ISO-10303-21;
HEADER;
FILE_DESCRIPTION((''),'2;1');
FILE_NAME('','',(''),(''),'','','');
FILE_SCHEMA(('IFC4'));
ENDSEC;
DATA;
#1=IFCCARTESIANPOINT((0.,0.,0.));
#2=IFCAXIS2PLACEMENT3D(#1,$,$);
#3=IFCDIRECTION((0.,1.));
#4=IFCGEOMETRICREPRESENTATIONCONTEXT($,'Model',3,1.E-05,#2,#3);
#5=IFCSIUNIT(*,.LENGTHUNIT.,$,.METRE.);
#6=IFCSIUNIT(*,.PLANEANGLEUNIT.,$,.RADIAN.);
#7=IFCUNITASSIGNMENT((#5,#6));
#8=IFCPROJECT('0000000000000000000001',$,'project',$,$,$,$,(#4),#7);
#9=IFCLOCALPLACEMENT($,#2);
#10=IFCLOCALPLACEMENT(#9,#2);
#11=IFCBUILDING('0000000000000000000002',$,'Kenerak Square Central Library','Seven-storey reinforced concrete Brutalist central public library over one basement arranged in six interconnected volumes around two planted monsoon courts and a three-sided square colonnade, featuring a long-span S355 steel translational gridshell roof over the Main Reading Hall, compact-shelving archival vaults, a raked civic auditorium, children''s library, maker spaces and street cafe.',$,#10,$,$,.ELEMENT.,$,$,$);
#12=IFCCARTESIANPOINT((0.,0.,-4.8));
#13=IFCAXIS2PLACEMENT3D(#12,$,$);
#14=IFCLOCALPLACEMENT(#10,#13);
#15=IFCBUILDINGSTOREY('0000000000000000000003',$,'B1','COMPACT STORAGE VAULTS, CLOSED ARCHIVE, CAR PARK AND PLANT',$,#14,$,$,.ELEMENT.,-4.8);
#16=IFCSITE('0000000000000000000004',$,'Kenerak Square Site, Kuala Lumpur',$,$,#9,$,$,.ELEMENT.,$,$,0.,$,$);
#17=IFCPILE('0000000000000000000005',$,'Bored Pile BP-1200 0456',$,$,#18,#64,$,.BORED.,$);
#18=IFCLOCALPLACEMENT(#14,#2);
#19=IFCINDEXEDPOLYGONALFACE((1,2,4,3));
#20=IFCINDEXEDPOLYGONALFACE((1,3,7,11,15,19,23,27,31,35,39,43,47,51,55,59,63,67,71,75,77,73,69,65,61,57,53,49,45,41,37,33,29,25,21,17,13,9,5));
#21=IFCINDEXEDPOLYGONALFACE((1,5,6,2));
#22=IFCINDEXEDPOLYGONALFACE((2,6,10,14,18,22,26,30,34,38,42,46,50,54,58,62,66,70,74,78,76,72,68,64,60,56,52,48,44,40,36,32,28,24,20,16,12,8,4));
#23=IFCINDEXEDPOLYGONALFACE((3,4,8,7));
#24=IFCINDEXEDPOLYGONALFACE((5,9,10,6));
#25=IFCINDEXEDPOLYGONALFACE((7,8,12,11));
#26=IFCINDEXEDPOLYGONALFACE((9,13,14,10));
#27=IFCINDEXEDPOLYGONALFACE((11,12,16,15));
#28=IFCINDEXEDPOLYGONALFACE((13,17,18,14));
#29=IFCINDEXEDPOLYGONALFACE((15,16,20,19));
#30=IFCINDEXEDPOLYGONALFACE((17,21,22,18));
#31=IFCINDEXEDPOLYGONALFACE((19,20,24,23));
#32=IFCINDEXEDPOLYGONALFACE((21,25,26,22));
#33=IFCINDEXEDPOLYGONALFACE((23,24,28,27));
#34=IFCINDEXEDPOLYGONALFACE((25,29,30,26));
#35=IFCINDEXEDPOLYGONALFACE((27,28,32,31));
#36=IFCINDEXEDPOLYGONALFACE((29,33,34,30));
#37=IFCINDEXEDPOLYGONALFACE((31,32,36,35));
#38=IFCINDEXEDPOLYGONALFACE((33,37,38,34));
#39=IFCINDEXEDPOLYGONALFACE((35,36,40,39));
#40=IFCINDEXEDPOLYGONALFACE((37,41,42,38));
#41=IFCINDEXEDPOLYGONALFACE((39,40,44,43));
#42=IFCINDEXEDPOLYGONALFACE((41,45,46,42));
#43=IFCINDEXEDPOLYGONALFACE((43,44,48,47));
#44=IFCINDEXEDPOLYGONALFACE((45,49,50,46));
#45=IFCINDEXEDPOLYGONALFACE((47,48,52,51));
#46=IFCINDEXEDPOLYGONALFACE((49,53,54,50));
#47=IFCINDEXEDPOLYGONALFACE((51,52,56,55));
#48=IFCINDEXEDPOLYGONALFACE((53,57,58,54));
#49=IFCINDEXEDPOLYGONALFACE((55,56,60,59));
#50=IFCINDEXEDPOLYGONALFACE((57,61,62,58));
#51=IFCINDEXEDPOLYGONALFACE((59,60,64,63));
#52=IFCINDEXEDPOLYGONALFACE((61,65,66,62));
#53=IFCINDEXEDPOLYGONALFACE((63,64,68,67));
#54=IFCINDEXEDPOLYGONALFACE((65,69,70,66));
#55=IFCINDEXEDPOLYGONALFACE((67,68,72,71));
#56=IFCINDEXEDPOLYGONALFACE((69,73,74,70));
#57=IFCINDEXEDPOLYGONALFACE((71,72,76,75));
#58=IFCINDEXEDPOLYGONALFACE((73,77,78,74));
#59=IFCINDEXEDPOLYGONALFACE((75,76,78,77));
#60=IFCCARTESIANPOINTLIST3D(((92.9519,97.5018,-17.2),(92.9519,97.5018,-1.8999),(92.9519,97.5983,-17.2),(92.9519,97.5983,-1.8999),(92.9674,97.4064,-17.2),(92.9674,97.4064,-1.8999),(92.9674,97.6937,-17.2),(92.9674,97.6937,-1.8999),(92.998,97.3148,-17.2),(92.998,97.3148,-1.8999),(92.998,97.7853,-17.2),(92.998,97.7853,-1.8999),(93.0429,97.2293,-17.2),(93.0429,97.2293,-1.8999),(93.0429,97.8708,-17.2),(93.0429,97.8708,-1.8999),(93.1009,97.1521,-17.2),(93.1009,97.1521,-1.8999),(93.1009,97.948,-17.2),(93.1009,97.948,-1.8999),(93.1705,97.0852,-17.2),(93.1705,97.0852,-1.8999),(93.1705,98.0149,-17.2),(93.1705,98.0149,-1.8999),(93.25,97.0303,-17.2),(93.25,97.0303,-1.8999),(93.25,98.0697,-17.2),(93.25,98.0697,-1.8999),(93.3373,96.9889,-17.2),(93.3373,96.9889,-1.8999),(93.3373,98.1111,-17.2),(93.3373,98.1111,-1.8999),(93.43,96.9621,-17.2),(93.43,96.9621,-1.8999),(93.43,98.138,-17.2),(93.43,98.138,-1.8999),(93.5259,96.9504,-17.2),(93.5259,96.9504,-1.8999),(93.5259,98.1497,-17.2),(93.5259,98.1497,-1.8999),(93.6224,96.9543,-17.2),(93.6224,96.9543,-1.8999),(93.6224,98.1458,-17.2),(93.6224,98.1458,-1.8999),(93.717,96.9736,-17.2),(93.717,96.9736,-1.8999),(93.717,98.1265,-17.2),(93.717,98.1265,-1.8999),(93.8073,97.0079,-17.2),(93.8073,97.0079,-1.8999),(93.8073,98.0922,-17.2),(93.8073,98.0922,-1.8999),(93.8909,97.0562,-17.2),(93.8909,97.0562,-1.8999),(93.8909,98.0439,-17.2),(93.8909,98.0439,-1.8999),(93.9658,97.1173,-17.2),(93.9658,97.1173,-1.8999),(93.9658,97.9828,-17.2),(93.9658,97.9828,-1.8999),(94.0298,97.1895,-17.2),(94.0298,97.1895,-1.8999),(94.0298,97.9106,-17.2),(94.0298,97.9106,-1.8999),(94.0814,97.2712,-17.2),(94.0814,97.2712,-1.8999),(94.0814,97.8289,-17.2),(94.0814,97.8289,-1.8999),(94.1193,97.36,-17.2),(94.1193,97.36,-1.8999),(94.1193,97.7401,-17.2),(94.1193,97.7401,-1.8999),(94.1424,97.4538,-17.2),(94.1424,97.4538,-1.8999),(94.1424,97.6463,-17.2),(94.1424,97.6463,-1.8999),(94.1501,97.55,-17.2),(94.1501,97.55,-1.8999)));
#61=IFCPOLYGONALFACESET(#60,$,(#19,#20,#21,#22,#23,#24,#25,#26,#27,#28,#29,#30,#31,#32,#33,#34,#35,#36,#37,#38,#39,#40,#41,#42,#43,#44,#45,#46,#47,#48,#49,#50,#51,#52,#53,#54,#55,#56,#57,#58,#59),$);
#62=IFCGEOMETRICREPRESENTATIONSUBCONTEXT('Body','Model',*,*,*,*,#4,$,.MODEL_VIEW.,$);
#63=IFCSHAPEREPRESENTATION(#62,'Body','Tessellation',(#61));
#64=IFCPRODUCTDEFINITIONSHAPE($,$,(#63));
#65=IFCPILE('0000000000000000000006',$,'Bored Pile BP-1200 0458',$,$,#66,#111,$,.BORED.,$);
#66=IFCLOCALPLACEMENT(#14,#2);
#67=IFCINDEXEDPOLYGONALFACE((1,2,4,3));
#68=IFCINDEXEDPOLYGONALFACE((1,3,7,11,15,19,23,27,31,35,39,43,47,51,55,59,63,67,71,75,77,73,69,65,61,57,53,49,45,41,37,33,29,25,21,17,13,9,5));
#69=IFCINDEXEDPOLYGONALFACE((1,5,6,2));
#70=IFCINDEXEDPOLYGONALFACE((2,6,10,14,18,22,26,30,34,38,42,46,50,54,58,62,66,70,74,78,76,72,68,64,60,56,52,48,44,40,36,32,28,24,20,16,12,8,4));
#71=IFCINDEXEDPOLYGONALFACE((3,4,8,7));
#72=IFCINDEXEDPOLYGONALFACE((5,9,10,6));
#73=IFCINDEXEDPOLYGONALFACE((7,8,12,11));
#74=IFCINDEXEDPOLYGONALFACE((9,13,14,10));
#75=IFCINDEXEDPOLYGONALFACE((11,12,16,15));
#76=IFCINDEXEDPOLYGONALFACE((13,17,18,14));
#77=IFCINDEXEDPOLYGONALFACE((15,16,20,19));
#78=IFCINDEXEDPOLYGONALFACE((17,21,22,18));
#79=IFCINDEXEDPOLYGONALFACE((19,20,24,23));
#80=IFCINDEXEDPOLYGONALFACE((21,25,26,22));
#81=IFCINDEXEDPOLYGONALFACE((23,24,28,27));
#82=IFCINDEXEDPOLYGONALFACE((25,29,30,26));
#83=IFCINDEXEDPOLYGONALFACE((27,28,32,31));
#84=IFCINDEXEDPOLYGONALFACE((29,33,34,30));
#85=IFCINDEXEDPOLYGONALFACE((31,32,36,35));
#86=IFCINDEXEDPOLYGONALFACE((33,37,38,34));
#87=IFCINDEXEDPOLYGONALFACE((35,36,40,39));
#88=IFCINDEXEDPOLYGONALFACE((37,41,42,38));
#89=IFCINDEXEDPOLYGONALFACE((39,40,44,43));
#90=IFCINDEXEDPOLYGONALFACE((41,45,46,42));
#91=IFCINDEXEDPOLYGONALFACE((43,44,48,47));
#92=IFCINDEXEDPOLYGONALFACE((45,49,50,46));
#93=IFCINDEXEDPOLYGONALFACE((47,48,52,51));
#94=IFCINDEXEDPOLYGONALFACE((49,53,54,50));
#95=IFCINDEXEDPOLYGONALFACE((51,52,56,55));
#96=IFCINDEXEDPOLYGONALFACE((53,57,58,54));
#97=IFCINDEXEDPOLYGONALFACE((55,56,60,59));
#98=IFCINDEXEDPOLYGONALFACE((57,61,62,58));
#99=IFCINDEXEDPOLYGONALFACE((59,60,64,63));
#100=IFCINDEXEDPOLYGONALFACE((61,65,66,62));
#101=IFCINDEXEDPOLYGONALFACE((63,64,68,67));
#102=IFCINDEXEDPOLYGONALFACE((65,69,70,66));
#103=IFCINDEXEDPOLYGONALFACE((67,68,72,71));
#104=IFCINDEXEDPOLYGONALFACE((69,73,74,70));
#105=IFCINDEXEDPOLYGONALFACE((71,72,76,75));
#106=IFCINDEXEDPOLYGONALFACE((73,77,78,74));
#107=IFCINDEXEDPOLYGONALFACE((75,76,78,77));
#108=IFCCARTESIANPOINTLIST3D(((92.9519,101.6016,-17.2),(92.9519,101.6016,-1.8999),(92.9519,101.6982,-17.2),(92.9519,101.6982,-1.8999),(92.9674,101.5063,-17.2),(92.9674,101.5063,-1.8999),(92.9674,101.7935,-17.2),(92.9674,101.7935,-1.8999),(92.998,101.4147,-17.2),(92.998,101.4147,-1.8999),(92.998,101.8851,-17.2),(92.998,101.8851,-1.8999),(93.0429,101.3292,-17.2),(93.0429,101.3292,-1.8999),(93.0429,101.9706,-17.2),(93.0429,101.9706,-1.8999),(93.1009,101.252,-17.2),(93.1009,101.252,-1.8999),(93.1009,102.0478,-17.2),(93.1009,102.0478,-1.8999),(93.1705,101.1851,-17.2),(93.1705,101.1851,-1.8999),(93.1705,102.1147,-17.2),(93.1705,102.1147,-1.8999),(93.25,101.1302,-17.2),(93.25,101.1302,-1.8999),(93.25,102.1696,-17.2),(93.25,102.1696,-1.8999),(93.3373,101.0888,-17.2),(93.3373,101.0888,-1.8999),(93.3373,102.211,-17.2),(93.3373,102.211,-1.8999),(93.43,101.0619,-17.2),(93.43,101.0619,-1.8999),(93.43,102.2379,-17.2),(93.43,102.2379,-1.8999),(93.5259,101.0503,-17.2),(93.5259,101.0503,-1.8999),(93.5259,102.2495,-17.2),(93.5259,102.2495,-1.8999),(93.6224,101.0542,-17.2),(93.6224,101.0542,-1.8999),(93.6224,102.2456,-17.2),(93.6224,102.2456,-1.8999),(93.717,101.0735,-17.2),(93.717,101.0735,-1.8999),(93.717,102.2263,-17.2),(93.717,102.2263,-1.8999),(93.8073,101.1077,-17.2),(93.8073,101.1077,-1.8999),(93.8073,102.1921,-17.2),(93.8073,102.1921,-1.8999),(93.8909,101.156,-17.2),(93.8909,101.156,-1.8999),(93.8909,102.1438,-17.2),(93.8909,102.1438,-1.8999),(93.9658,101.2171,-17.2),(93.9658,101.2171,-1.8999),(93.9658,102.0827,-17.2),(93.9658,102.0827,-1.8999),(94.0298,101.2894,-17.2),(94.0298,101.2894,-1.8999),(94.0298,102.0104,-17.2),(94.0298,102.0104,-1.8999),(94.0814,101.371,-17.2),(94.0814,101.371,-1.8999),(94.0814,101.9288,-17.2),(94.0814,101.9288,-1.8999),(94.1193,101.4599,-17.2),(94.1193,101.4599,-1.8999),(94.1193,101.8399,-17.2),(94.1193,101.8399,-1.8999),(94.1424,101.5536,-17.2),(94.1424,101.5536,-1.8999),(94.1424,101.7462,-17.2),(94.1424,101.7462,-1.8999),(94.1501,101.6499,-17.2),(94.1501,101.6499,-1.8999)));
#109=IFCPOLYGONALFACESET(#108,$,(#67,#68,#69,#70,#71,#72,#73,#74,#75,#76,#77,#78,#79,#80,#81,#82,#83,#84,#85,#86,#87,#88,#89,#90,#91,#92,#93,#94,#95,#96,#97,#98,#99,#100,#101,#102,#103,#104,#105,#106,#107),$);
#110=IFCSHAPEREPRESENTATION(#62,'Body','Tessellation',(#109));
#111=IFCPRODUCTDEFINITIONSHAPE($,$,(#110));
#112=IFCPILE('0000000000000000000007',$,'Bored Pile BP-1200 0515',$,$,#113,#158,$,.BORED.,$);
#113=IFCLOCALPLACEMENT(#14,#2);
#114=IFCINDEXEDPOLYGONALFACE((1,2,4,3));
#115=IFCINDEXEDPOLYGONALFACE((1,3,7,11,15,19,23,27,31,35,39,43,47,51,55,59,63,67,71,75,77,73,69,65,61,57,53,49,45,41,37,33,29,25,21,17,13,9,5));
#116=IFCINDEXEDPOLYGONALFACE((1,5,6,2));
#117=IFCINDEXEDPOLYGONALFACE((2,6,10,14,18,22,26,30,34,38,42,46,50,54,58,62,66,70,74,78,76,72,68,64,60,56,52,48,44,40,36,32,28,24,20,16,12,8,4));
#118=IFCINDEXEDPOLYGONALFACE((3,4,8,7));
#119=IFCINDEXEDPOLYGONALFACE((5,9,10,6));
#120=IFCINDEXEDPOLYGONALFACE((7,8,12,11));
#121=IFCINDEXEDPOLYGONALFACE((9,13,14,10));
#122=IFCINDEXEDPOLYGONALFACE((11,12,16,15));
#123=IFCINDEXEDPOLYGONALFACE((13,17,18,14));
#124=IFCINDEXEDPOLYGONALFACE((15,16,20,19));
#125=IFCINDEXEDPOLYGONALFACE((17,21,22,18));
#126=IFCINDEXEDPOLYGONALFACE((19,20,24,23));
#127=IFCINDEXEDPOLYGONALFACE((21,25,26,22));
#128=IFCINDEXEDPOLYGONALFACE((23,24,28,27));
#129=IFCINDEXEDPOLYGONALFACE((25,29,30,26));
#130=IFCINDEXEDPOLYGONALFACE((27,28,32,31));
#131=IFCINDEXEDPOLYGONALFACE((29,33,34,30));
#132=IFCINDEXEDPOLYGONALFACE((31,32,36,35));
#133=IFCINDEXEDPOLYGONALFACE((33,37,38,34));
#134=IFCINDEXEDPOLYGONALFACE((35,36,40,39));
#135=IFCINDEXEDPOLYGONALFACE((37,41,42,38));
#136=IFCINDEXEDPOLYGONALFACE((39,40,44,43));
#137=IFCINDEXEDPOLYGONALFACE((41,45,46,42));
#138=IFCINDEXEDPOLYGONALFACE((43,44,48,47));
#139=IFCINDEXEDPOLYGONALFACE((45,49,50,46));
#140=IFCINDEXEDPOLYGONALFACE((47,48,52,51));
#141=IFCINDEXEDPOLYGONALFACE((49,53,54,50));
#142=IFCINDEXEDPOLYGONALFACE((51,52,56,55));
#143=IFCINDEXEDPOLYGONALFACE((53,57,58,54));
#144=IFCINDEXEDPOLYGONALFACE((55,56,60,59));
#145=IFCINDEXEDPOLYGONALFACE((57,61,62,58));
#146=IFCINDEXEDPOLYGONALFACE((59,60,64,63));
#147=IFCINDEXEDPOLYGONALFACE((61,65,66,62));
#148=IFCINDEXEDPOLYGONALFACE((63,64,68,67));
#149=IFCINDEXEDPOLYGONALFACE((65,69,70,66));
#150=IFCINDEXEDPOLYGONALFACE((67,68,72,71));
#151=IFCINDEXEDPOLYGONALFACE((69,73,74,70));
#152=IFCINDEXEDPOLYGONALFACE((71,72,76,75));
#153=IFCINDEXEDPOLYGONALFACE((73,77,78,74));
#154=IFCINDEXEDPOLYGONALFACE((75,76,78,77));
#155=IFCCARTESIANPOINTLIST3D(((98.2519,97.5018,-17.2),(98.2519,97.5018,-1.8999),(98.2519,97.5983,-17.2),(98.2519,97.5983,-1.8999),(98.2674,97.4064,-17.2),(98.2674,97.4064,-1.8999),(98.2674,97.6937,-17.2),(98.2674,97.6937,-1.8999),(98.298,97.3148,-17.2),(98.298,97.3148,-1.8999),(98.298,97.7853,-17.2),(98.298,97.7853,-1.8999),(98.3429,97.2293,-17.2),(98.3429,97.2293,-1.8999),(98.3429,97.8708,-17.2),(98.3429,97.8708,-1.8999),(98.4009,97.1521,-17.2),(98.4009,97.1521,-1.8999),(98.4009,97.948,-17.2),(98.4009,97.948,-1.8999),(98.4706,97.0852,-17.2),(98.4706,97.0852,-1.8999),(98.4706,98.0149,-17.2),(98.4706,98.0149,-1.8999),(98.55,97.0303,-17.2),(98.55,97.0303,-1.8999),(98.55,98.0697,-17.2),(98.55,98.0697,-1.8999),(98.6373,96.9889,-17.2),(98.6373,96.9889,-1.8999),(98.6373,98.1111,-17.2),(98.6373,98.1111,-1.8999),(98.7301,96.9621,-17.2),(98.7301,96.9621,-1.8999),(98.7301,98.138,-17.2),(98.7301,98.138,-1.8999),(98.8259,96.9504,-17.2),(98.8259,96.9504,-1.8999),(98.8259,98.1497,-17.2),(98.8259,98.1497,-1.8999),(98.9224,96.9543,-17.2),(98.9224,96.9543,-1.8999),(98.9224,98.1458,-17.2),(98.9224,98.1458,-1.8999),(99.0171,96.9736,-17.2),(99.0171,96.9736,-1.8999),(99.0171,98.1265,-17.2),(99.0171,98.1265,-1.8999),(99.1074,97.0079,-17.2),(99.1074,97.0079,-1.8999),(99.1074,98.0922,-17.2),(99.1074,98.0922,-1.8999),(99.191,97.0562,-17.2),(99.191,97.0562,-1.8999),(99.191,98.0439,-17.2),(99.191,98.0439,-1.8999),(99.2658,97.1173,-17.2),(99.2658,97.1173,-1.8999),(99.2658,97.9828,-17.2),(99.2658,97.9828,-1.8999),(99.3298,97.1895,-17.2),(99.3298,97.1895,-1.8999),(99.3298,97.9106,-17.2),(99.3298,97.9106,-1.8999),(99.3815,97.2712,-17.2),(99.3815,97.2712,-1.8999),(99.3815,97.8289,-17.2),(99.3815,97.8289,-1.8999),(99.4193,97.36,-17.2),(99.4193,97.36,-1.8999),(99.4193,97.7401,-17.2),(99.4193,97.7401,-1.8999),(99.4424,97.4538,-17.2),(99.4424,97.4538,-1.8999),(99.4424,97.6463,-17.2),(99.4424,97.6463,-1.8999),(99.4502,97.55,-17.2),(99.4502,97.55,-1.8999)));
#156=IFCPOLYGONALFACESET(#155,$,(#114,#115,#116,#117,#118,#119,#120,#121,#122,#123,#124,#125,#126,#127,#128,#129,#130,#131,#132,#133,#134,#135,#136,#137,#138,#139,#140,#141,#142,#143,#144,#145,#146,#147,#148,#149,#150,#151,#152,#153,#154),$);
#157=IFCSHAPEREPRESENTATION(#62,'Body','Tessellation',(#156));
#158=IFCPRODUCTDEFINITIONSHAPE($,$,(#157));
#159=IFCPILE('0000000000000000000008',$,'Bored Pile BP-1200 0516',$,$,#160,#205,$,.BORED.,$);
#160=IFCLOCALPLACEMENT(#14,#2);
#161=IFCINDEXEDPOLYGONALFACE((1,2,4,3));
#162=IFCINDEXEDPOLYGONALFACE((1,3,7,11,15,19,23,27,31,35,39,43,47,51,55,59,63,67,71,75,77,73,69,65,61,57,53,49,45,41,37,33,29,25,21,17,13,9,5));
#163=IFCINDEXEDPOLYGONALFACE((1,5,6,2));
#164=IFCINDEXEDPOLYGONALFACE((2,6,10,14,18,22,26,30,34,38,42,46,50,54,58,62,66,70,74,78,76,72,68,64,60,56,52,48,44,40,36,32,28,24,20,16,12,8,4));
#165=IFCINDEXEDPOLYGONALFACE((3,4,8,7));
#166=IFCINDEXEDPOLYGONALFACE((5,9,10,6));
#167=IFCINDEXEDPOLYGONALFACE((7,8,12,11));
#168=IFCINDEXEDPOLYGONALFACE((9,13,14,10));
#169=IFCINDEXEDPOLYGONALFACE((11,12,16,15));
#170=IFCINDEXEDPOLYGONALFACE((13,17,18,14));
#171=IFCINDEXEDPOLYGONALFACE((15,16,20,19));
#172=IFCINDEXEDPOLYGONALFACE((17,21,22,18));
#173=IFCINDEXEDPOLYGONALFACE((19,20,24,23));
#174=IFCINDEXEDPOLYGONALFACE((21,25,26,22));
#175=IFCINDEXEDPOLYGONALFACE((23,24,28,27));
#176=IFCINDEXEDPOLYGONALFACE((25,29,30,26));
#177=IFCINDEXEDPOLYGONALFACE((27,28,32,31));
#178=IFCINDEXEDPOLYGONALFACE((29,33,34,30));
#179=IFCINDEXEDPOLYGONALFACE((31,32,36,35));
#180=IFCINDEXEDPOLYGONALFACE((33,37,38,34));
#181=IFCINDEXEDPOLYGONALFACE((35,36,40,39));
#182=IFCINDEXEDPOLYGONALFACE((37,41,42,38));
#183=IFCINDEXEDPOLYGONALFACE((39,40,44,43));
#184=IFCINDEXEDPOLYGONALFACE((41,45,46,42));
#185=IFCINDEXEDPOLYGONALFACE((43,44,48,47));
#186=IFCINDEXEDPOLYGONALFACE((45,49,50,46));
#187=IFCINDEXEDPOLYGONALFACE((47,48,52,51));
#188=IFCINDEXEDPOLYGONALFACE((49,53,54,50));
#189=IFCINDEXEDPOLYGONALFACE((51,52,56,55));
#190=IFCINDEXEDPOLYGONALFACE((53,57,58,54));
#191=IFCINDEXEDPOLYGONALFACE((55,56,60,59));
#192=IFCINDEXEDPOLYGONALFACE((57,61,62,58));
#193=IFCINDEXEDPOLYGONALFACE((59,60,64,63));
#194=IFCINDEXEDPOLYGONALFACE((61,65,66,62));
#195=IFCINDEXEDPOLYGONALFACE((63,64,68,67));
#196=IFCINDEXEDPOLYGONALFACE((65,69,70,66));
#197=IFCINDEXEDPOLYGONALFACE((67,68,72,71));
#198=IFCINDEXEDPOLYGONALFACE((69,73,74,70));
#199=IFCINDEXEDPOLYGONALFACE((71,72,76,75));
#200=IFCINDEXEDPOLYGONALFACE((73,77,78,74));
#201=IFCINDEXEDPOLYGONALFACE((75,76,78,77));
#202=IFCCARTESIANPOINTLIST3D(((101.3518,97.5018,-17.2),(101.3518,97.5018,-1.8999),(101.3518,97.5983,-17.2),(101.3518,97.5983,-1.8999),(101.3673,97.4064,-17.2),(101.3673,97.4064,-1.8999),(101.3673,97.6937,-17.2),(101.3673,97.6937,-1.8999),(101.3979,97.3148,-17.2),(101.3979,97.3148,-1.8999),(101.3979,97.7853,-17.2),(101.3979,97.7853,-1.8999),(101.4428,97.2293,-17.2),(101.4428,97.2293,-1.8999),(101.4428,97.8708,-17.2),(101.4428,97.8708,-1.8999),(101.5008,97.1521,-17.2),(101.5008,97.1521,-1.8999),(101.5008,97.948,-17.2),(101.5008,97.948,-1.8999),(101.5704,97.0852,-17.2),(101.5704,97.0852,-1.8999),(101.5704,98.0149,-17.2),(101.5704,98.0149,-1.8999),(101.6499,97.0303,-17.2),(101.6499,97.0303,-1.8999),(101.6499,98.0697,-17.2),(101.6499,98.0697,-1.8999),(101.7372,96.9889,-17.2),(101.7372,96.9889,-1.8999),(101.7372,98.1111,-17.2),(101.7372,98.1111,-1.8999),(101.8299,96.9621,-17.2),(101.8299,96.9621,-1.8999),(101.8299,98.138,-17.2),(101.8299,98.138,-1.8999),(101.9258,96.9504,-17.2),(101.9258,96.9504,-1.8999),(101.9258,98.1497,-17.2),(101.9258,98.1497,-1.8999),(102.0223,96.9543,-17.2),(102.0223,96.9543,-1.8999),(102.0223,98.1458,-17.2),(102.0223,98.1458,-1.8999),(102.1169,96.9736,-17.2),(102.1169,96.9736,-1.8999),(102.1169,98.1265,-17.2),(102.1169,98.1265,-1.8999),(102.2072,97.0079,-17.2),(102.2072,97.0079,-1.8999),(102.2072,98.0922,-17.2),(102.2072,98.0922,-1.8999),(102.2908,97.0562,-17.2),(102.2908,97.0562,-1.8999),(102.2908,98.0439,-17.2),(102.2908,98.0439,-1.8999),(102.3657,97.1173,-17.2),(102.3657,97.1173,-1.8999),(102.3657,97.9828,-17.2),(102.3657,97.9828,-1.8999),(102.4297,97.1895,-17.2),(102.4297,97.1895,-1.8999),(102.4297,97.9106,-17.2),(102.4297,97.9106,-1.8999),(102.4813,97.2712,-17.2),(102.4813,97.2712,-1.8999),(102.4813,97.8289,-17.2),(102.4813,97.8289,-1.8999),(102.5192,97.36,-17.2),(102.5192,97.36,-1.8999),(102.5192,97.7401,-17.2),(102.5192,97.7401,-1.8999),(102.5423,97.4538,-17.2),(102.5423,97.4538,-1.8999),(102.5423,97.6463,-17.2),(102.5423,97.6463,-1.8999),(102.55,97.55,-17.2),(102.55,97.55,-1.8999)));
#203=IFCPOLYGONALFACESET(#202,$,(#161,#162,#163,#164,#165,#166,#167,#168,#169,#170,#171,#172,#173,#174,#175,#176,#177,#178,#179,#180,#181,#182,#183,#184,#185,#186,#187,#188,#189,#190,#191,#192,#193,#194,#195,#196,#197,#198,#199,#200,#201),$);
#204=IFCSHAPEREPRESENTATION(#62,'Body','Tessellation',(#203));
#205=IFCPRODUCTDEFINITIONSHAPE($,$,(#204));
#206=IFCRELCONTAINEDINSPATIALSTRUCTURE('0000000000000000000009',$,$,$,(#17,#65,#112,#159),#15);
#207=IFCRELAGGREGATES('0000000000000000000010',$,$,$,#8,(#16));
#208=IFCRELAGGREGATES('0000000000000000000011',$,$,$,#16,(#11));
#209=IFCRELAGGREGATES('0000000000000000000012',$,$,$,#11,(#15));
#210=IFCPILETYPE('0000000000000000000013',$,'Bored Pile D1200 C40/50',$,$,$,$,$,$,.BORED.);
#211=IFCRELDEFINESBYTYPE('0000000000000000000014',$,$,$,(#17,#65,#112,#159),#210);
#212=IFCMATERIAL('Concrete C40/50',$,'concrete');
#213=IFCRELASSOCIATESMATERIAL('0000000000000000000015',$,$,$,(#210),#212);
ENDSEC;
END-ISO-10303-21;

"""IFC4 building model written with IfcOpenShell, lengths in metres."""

from ifc_helpers import new_model, si_unit, direction, frame, origin, origin_2d, place, context, subcontext, project, spatial, circle, extrude, material, material_profile, profile_set, type_object, element, save


model = new_model("IFC4")

# Units and contexts
model_context = context("Model", 3, precision=1e-05, world=origin(), true_north=direction((0.0, 1.0)))
body_context = subcontext(model_context, "Body", "Model", "MODEL_VIEW")
ifc_project = project(units=[si_unit("LENGTHUNIT", "METRE"), si_unit("PLANEANGLEUNIT", "RADIAN")], contexts=[model_context])

# Site, building, storey
site_placement = place(None, origin())
site = spatial("IfcSite", under=ifc_project, at=site_placement, Name="Kenerak Square Site, Kuala Lumpur", CompositionType="ELEMENT", RefElevation=0.0)
building_placement = place(site_placement, origin())
building = spatial("IfcBuilding", under=site, at=building_placement, Name="Kenerak Square Central Library", Description="Seven-storey reinforced concrete Brutalist central public library over one basement arranged in six interconnected volumes around two planted monsoon courts and a three-sided square colonnade, featuring a long-span S355 steel translational gridshell roof over the Main Reading Hall, compact-shelving archival vaults, a raked civic auditorium, children's library, maker spaces and street cafe.", CompositionType="ELEMENT")
storey_placement = place(building_placement, frame((0.0, 0.0, -4.8)))
storey = spatial("IfcBuildingStorey", under=building, at=storey_placement, Name="B1", Description="COMPACT STORAGE VAULTS, CLOSED ARCHIVE, CAR PARK AND PLANT", CompositionType="ELEMENT", Elevation=-4.8)

# Piles
ifc_material_1 = material(Name="Concrete C40/50", Category="concrete")
ifc_material_profile_1 = material_profile(ifc_material_1, circle(Radius=0.6001, at=origin_2d()), Name="BP D1200")
ifc_profile_set_1 = profile_set([ifc_material_profile_1], Name="Concrete C40/50")
pile_type = type_object("IfcPileType", Name="Bored Pile D1200 C40/50", PredefinedType="BORED", material=ifc_profile_set_1)
for number, where, z_axis, x_axis, name in (
    (1, (93.55, 97.55, -1.8999), (0.0, 0.0, -1.0), (1.0, 0.0, 0.0), "Bored Pile BP-1200 0456"),
    (2, (93.55, 101.6499, -1.8999), (0.0, 0.0, -1.0), (1.0, 0.0, 0.0), "Bored Pile BP-1200 0458"),
    (3, (98.8501, 97.55, -1.8999), (0.0, 0.0, -1.0), (1.0, 0.0, 0.0), "Bored Pile BP-1200 0515"),
    (4, (101.95, 97.55, -1.8999), (0.0, 0.0, -1.0), (1.0, 0.0, 0.0), "Bored Pile BP-1200 0516"),
):
    element("IfcPile", number, at=place(storey_placement, frame(where, z_axis=z_axis, x_axis=x_axis)), inside=storey, type_object=pile_type, Name=name, PredefinedType="BORED", context=body_context, shape_type="SweptSolid", body=[
        extrude(circle(Radius=0.6001, at=origin_2d()), origin(), (0.0, 0.0, 1.0), 15.3),
    ])

save(model, "model.ifc")
